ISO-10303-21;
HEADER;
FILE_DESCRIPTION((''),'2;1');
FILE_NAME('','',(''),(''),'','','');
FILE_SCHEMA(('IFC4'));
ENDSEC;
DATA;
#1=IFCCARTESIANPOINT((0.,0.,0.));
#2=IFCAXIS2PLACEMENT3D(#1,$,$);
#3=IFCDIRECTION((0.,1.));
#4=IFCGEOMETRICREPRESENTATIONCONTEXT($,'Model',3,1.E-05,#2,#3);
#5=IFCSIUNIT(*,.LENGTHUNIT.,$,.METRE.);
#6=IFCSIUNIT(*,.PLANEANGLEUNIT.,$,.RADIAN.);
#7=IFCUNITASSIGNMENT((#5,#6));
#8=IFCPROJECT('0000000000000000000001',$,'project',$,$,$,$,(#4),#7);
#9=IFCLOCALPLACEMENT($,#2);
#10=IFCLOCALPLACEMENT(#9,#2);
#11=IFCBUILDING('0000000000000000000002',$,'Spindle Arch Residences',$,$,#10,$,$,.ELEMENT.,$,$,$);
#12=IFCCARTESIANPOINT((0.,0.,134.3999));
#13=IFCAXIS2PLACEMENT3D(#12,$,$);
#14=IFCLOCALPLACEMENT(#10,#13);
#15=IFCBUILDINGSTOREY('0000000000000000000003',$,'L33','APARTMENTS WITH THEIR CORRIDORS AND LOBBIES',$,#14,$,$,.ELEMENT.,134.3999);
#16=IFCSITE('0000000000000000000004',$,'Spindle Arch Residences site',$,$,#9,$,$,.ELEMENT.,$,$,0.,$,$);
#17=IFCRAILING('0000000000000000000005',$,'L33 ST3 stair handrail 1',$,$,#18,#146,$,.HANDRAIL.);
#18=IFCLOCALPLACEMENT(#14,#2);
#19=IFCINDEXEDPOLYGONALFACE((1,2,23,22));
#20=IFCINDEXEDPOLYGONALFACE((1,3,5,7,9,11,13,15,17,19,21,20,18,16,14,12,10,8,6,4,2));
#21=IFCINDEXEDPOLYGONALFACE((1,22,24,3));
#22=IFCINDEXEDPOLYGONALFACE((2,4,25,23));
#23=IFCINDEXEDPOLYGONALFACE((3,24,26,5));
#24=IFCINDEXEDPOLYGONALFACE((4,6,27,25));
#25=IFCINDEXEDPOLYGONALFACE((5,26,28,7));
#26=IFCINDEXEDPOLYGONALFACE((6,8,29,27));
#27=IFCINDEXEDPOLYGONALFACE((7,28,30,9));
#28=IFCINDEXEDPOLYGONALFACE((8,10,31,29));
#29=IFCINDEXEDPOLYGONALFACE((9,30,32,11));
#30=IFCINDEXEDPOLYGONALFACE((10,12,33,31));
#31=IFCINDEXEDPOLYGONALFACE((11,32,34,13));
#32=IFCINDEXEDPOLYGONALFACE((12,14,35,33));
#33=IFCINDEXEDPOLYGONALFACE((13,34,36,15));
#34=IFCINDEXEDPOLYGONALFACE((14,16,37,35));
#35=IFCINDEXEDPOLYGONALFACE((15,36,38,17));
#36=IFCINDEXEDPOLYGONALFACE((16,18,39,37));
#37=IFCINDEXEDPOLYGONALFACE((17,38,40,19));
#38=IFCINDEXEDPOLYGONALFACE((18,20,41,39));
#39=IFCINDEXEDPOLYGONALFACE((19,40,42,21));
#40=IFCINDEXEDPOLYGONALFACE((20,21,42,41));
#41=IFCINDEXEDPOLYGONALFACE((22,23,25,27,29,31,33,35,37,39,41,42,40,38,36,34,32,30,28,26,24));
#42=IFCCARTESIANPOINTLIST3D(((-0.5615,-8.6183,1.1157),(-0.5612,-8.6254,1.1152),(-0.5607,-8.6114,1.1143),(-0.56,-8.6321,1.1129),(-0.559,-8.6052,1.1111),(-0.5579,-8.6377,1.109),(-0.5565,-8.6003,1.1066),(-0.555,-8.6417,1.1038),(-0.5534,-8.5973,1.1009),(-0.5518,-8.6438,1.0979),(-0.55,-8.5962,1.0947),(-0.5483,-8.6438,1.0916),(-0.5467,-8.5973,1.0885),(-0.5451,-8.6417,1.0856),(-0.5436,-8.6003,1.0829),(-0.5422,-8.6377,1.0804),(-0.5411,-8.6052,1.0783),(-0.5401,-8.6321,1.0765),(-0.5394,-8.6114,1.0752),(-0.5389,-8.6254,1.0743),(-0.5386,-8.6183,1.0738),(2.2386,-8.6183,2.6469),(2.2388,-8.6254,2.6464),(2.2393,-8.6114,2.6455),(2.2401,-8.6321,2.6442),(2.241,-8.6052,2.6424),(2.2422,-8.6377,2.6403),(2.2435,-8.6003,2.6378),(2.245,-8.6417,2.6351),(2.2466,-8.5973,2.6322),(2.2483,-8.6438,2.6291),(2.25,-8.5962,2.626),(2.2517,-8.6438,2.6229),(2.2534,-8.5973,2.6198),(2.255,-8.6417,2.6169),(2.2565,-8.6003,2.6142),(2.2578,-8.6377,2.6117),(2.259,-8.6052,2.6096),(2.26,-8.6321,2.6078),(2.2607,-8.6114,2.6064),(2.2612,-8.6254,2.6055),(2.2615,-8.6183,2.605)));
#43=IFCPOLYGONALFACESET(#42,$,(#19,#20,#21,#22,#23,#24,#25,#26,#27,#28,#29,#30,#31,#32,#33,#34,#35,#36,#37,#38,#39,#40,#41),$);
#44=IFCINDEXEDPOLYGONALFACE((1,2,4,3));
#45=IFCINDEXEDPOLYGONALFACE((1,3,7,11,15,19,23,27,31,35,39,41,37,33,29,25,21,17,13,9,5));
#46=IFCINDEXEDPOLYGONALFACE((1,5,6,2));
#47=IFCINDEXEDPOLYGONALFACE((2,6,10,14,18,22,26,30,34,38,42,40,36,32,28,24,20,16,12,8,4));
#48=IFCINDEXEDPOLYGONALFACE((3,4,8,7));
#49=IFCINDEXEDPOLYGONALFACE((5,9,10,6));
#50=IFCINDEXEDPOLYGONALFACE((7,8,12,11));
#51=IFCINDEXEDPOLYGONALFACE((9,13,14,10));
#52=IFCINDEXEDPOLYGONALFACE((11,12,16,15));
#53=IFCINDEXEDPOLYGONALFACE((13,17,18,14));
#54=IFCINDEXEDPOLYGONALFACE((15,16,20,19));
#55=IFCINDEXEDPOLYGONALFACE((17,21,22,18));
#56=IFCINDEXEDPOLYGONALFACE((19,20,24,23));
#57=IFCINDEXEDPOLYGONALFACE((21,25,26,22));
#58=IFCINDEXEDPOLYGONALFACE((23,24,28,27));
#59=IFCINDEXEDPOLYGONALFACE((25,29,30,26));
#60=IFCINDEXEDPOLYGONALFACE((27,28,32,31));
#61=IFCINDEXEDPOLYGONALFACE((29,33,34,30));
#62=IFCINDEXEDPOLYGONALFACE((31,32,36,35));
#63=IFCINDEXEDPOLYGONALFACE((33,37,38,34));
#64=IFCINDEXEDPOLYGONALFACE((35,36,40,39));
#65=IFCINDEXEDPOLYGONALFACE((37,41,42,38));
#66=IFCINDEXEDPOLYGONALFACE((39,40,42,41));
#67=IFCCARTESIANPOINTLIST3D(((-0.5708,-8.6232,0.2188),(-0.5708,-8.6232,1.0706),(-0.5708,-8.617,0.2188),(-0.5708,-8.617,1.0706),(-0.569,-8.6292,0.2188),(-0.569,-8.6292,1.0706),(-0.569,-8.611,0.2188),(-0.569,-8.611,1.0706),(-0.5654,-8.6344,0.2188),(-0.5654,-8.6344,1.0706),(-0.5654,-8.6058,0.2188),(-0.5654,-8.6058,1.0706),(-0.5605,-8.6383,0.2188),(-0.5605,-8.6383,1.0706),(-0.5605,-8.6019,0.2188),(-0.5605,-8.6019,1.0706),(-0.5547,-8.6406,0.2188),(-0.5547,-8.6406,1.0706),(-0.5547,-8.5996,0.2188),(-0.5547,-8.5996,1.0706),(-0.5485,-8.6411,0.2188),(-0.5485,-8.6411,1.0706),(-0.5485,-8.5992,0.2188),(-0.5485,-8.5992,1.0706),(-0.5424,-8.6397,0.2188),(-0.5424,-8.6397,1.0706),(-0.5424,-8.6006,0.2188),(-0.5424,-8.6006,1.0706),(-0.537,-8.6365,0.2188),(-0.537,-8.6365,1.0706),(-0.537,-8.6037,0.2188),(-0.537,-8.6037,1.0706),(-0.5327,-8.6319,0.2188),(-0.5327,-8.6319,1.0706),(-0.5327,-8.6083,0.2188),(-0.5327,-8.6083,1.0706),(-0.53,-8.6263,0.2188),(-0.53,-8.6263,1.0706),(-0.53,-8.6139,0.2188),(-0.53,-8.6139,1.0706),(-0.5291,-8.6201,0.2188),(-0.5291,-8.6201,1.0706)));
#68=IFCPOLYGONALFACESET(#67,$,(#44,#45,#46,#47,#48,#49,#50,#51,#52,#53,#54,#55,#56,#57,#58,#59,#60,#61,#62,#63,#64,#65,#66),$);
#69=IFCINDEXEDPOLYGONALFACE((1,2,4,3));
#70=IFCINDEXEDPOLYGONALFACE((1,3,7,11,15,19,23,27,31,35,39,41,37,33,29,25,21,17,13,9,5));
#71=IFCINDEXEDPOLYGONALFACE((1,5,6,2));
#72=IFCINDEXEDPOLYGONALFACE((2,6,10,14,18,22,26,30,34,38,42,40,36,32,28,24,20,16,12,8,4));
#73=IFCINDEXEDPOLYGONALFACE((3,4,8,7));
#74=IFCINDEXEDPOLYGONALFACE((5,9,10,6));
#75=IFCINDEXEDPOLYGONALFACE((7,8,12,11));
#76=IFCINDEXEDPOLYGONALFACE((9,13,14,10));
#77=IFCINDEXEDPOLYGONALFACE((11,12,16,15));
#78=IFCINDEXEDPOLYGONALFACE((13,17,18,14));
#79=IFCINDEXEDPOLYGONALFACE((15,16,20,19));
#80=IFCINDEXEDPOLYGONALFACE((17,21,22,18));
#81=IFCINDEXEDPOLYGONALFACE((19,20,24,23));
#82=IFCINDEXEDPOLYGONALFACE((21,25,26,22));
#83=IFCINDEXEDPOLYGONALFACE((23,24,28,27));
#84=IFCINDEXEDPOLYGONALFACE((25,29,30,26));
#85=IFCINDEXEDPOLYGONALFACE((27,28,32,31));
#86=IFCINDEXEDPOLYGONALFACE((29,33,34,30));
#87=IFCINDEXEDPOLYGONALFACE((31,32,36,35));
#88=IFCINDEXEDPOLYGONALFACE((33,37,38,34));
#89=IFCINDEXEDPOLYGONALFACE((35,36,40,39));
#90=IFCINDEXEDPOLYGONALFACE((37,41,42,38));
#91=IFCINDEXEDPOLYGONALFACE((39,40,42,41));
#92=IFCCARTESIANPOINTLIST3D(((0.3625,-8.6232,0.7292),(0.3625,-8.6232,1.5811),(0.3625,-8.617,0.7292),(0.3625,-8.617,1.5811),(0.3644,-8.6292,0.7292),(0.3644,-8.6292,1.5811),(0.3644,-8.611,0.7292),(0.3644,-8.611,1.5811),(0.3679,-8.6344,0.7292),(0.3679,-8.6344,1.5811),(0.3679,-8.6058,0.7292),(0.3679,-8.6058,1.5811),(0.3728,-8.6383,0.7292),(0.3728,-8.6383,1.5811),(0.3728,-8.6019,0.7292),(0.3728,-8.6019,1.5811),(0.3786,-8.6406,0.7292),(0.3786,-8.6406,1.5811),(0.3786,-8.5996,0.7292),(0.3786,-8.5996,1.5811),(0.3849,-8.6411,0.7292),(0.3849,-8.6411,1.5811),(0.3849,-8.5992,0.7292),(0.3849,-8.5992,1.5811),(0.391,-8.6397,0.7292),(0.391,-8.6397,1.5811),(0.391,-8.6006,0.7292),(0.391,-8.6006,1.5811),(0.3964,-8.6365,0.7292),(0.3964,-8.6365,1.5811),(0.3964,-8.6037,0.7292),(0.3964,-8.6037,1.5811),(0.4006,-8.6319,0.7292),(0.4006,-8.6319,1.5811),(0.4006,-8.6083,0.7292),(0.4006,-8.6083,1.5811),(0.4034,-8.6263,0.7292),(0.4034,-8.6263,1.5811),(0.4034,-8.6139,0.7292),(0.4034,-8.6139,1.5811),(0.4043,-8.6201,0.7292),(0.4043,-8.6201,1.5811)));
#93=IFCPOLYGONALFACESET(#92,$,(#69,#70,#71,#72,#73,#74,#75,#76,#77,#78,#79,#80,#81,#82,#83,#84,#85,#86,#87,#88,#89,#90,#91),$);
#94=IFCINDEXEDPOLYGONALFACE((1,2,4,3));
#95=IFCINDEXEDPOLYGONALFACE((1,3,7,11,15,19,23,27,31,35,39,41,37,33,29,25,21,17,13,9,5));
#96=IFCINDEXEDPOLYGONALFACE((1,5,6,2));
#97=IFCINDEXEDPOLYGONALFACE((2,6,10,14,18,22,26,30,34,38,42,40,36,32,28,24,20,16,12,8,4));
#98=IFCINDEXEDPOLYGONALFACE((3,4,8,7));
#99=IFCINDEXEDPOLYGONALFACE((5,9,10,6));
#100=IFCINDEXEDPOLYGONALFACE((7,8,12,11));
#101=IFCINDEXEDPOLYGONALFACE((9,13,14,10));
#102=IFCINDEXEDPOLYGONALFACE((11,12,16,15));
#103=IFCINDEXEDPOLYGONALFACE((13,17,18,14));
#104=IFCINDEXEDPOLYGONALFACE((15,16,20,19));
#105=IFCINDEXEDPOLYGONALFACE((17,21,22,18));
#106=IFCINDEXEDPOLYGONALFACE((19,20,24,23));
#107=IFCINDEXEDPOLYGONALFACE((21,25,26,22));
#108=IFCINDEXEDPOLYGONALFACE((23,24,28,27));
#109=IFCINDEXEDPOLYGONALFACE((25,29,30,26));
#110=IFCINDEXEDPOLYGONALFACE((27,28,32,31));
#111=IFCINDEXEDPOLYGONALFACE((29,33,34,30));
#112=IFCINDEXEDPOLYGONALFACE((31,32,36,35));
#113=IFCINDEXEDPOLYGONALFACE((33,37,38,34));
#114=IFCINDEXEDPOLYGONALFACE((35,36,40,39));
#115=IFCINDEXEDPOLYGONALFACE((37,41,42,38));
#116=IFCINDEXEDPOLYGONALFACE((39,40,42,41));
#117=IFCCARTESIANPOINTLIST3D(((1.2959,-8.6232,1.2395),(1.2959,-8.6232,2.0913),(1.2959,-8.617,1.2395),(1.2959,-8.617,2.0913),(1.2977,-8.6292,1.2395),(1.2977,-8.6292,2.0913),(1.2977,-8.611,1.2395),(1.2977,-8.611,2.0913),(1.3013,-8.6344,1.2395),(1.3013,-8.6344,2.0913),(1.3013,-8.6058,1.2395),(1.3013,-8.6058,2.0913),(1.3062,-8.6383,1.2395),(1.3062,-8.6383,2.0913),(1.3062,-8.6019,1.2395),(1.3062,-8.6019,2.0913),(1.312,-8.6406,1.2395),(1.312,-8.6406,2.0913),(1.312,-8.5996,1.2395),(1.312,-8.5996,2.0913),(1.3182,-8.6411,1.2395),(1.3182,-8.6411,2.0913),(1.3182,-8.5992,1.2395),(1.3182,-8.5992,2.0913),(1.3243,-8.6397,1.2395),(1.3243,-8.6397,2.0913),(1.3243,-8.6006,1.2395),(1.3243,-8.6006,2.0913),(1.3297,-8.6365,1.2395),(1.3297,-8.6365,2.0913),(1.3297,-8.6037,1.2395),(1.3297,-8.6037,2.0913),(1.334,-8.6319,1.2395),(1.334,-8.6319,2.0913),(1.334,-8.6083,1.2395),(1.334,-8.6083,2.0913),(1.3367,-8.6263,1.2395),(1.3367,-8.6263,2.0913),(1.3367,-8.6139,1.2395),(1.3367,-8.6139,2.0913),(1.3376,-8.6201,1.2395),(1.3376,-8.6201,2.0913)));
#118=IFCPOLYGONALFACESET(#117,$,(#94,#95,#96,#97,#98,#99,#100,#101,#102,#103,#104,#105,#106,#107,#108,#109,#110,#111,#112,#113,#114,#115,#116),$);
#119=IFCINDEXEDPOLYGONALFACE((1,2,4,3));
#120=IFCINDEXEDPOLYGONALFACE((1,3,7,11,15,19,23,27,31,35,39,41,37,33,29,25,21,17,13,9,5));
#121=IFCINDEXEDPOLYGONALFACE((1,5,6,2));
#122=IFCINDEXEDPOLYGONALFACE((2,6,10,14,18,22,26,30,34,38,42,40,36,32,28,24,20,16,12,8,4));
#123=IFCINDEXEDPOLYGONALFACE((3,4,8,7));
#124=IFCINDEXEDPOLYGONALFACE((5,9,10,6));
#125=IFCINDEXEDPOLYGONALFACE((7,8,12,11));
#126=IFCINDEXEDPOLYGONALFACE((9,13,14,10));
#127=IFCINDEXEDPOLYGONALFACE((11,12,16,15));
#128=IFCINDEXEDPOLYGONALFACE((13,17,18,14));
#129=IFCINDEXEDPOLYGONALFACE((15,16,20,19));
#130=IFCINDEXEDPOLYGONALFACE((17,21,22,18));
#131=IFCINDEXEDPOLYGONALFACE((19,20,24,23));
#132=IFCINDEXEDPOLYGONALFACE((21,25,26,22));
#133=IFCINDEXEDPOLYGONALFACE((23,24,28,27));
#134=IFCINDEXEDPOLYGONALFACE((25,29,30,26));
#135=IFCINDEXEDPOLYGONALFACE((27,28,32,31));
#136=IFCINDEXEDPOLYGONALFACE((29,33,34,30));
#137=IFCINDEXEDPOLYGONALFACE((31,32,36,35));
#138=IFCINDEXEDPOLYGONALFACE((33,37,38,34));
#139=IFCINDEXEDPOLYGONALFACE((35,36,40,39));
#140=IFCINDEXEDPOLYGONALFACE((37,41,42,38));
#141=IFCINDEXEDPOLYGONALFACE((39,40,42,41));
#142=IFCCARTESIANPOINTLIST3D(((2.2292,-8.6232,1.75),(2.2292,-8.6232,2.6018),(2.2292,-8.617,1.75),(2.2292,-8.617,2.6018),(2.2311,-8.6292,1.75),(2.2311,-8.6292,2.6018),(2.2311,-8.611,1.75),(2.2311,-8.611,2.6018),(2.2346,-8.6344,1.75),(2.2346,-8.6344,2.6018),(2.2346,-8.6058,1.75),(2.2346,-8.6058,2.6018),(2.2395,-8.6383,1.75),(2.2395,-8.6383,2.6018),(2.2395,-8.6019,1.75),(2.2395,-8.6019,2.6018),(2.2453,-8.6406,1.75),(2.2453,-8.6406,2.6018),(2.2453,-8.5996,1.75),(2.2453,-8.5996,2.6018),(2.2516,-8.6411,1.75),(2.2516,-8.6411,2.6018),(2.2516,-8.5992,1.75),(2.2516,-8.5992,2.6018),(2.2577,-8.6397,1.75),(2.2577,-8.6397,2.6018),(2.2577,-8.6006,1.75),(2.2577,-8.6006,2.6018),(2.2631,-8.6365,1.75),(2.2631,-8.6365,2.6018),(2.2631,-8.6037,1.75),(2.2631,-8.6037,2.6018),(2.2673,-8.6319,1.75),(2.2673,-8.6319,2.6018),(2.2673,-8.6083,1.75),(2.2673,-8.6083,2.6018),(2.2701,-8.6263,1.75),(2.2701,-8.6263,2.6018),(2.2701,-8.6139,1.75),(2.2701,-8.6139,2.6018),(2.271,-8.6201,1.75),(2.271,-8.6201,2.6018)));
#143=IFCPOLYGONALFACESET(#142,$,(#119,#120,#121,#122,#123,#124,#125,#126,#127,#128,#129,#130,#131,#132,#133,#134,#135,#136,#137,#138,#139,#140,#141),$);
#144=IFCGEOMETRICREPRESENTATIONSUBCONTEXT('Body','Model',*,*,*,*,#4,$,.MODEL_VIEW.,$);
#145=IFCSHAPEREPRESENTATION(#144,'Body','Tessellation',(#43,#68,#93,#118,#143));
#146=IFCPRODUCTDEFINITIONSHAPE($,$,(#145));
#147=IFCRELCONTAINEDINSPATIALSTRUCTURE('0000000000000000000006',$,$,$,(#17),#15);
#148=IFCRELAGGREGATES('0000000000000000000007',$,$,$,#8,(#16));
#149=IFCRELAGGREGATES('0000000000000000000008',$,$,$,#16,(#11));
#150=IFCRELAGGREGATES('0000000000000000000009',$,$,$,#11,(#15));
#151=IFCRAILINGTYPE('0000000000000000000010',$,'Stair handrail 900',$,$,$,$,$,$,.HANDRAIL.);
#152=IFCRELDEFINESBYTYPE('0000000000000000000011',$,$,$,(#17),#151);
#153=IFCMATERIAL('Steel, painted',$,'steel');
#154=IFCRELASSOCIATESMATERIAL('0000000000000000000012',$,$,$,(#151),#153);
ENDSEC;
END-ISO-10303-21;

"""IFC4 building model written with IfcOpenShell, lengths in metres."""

from ifc_helpers import new_model, si_unit, direction, frame, origin, origin_2d, place, context, subcontext, project, spatial, circle, extrude, material, type_object, element, save


model = new_model("IFC4")

# Units and contexts
model_context = context("Model", 3, precision=1e-05, world=origin(), true_north=direction((0.0, 1.0)))
body_context = subcontext(model_context, "Body", "Model", "MODEL_VIEW")
ifc_project = project(units=[si_unit("LENGTHUNIT", "METRE"), si_unit("PLANEANGLEUNIT", "RADIAN")], contexts=[model_context])

# Site, building, storey
site_placement = place(None, origin())
site = spatial("IfcSite", under=ifc_project, at=site_placement, Name="Spindle Arch Residences site", CompositionType="ELEMENT", RefElevation=0.0)
building_placement = place(site_placement, origin())
building = spatial("IfcBuilding", under=site, at=building_placement, Name="Spindle Arch Residences", CompositionType="ELEMENT")
storey_placement = place(building_placement, frame((0.0, 0.0, 134.3999)))
storey = spatial("IfcBuildingStorey", under=building, at=storey_placement, Name="L33", Description="APARTMENTS WITH THEIR CORRIDORS AND LOBBIES", CompositionType="ELEMENT", Elevation=134.3999)

# Railing
ifc_material_1 = material(Name="Steel, painted", Category="steel")
railing_type_1 = type_object("IfcRailingType", Name="Stair handrail 900", PredefinedType="HANDRAIL", material=ifc_material_1)
railing_1_placement = place(storey_placement, frame((-0.55, -8.6201, 0.2188)))
element("IfcRailing", 1, at=railing_1_placement, inside=storey, type_object=railing_type_1, Name="L33 ST3 stair handrail 1", PredefinedType="HANDRAIL", context=body_context, shape_type="SweptSolid", body=[
    extrude(circle(Radius=0.0239, at=origin_2d()), frame((0.0, 0.0, 0.876), z_axis=(0.877375, 0.0, 0.479806), x_axis=(0.0, 1.0, 0.0)), (0.0, 0.0, 1.0), 3.1914),
    extrude(circle(Radius=0.021, at=origin_2d()), origin(), (0.0, 0.0, 1.0), 0.8518),
    extrude(circle(Radius=0.021, at=origin_2d()), frame((0.9333, 0.0, 0.5105)), (0.0, 0.0, 1.0), 0.8518),
    extrude(circle(Radius=0.021, at=origin_2d()), frame((1.8667, 0.0, 1.0208)), (0.0, 0.0, 1.0), 0.8518),
    extrude(circle(Radius=0.021, at=origin_2d()), frame((2.8, 0.0, 1.5312)), (0.0, 0.0, 1.0), 0.8518),
])

save(model, "model.ifc")
